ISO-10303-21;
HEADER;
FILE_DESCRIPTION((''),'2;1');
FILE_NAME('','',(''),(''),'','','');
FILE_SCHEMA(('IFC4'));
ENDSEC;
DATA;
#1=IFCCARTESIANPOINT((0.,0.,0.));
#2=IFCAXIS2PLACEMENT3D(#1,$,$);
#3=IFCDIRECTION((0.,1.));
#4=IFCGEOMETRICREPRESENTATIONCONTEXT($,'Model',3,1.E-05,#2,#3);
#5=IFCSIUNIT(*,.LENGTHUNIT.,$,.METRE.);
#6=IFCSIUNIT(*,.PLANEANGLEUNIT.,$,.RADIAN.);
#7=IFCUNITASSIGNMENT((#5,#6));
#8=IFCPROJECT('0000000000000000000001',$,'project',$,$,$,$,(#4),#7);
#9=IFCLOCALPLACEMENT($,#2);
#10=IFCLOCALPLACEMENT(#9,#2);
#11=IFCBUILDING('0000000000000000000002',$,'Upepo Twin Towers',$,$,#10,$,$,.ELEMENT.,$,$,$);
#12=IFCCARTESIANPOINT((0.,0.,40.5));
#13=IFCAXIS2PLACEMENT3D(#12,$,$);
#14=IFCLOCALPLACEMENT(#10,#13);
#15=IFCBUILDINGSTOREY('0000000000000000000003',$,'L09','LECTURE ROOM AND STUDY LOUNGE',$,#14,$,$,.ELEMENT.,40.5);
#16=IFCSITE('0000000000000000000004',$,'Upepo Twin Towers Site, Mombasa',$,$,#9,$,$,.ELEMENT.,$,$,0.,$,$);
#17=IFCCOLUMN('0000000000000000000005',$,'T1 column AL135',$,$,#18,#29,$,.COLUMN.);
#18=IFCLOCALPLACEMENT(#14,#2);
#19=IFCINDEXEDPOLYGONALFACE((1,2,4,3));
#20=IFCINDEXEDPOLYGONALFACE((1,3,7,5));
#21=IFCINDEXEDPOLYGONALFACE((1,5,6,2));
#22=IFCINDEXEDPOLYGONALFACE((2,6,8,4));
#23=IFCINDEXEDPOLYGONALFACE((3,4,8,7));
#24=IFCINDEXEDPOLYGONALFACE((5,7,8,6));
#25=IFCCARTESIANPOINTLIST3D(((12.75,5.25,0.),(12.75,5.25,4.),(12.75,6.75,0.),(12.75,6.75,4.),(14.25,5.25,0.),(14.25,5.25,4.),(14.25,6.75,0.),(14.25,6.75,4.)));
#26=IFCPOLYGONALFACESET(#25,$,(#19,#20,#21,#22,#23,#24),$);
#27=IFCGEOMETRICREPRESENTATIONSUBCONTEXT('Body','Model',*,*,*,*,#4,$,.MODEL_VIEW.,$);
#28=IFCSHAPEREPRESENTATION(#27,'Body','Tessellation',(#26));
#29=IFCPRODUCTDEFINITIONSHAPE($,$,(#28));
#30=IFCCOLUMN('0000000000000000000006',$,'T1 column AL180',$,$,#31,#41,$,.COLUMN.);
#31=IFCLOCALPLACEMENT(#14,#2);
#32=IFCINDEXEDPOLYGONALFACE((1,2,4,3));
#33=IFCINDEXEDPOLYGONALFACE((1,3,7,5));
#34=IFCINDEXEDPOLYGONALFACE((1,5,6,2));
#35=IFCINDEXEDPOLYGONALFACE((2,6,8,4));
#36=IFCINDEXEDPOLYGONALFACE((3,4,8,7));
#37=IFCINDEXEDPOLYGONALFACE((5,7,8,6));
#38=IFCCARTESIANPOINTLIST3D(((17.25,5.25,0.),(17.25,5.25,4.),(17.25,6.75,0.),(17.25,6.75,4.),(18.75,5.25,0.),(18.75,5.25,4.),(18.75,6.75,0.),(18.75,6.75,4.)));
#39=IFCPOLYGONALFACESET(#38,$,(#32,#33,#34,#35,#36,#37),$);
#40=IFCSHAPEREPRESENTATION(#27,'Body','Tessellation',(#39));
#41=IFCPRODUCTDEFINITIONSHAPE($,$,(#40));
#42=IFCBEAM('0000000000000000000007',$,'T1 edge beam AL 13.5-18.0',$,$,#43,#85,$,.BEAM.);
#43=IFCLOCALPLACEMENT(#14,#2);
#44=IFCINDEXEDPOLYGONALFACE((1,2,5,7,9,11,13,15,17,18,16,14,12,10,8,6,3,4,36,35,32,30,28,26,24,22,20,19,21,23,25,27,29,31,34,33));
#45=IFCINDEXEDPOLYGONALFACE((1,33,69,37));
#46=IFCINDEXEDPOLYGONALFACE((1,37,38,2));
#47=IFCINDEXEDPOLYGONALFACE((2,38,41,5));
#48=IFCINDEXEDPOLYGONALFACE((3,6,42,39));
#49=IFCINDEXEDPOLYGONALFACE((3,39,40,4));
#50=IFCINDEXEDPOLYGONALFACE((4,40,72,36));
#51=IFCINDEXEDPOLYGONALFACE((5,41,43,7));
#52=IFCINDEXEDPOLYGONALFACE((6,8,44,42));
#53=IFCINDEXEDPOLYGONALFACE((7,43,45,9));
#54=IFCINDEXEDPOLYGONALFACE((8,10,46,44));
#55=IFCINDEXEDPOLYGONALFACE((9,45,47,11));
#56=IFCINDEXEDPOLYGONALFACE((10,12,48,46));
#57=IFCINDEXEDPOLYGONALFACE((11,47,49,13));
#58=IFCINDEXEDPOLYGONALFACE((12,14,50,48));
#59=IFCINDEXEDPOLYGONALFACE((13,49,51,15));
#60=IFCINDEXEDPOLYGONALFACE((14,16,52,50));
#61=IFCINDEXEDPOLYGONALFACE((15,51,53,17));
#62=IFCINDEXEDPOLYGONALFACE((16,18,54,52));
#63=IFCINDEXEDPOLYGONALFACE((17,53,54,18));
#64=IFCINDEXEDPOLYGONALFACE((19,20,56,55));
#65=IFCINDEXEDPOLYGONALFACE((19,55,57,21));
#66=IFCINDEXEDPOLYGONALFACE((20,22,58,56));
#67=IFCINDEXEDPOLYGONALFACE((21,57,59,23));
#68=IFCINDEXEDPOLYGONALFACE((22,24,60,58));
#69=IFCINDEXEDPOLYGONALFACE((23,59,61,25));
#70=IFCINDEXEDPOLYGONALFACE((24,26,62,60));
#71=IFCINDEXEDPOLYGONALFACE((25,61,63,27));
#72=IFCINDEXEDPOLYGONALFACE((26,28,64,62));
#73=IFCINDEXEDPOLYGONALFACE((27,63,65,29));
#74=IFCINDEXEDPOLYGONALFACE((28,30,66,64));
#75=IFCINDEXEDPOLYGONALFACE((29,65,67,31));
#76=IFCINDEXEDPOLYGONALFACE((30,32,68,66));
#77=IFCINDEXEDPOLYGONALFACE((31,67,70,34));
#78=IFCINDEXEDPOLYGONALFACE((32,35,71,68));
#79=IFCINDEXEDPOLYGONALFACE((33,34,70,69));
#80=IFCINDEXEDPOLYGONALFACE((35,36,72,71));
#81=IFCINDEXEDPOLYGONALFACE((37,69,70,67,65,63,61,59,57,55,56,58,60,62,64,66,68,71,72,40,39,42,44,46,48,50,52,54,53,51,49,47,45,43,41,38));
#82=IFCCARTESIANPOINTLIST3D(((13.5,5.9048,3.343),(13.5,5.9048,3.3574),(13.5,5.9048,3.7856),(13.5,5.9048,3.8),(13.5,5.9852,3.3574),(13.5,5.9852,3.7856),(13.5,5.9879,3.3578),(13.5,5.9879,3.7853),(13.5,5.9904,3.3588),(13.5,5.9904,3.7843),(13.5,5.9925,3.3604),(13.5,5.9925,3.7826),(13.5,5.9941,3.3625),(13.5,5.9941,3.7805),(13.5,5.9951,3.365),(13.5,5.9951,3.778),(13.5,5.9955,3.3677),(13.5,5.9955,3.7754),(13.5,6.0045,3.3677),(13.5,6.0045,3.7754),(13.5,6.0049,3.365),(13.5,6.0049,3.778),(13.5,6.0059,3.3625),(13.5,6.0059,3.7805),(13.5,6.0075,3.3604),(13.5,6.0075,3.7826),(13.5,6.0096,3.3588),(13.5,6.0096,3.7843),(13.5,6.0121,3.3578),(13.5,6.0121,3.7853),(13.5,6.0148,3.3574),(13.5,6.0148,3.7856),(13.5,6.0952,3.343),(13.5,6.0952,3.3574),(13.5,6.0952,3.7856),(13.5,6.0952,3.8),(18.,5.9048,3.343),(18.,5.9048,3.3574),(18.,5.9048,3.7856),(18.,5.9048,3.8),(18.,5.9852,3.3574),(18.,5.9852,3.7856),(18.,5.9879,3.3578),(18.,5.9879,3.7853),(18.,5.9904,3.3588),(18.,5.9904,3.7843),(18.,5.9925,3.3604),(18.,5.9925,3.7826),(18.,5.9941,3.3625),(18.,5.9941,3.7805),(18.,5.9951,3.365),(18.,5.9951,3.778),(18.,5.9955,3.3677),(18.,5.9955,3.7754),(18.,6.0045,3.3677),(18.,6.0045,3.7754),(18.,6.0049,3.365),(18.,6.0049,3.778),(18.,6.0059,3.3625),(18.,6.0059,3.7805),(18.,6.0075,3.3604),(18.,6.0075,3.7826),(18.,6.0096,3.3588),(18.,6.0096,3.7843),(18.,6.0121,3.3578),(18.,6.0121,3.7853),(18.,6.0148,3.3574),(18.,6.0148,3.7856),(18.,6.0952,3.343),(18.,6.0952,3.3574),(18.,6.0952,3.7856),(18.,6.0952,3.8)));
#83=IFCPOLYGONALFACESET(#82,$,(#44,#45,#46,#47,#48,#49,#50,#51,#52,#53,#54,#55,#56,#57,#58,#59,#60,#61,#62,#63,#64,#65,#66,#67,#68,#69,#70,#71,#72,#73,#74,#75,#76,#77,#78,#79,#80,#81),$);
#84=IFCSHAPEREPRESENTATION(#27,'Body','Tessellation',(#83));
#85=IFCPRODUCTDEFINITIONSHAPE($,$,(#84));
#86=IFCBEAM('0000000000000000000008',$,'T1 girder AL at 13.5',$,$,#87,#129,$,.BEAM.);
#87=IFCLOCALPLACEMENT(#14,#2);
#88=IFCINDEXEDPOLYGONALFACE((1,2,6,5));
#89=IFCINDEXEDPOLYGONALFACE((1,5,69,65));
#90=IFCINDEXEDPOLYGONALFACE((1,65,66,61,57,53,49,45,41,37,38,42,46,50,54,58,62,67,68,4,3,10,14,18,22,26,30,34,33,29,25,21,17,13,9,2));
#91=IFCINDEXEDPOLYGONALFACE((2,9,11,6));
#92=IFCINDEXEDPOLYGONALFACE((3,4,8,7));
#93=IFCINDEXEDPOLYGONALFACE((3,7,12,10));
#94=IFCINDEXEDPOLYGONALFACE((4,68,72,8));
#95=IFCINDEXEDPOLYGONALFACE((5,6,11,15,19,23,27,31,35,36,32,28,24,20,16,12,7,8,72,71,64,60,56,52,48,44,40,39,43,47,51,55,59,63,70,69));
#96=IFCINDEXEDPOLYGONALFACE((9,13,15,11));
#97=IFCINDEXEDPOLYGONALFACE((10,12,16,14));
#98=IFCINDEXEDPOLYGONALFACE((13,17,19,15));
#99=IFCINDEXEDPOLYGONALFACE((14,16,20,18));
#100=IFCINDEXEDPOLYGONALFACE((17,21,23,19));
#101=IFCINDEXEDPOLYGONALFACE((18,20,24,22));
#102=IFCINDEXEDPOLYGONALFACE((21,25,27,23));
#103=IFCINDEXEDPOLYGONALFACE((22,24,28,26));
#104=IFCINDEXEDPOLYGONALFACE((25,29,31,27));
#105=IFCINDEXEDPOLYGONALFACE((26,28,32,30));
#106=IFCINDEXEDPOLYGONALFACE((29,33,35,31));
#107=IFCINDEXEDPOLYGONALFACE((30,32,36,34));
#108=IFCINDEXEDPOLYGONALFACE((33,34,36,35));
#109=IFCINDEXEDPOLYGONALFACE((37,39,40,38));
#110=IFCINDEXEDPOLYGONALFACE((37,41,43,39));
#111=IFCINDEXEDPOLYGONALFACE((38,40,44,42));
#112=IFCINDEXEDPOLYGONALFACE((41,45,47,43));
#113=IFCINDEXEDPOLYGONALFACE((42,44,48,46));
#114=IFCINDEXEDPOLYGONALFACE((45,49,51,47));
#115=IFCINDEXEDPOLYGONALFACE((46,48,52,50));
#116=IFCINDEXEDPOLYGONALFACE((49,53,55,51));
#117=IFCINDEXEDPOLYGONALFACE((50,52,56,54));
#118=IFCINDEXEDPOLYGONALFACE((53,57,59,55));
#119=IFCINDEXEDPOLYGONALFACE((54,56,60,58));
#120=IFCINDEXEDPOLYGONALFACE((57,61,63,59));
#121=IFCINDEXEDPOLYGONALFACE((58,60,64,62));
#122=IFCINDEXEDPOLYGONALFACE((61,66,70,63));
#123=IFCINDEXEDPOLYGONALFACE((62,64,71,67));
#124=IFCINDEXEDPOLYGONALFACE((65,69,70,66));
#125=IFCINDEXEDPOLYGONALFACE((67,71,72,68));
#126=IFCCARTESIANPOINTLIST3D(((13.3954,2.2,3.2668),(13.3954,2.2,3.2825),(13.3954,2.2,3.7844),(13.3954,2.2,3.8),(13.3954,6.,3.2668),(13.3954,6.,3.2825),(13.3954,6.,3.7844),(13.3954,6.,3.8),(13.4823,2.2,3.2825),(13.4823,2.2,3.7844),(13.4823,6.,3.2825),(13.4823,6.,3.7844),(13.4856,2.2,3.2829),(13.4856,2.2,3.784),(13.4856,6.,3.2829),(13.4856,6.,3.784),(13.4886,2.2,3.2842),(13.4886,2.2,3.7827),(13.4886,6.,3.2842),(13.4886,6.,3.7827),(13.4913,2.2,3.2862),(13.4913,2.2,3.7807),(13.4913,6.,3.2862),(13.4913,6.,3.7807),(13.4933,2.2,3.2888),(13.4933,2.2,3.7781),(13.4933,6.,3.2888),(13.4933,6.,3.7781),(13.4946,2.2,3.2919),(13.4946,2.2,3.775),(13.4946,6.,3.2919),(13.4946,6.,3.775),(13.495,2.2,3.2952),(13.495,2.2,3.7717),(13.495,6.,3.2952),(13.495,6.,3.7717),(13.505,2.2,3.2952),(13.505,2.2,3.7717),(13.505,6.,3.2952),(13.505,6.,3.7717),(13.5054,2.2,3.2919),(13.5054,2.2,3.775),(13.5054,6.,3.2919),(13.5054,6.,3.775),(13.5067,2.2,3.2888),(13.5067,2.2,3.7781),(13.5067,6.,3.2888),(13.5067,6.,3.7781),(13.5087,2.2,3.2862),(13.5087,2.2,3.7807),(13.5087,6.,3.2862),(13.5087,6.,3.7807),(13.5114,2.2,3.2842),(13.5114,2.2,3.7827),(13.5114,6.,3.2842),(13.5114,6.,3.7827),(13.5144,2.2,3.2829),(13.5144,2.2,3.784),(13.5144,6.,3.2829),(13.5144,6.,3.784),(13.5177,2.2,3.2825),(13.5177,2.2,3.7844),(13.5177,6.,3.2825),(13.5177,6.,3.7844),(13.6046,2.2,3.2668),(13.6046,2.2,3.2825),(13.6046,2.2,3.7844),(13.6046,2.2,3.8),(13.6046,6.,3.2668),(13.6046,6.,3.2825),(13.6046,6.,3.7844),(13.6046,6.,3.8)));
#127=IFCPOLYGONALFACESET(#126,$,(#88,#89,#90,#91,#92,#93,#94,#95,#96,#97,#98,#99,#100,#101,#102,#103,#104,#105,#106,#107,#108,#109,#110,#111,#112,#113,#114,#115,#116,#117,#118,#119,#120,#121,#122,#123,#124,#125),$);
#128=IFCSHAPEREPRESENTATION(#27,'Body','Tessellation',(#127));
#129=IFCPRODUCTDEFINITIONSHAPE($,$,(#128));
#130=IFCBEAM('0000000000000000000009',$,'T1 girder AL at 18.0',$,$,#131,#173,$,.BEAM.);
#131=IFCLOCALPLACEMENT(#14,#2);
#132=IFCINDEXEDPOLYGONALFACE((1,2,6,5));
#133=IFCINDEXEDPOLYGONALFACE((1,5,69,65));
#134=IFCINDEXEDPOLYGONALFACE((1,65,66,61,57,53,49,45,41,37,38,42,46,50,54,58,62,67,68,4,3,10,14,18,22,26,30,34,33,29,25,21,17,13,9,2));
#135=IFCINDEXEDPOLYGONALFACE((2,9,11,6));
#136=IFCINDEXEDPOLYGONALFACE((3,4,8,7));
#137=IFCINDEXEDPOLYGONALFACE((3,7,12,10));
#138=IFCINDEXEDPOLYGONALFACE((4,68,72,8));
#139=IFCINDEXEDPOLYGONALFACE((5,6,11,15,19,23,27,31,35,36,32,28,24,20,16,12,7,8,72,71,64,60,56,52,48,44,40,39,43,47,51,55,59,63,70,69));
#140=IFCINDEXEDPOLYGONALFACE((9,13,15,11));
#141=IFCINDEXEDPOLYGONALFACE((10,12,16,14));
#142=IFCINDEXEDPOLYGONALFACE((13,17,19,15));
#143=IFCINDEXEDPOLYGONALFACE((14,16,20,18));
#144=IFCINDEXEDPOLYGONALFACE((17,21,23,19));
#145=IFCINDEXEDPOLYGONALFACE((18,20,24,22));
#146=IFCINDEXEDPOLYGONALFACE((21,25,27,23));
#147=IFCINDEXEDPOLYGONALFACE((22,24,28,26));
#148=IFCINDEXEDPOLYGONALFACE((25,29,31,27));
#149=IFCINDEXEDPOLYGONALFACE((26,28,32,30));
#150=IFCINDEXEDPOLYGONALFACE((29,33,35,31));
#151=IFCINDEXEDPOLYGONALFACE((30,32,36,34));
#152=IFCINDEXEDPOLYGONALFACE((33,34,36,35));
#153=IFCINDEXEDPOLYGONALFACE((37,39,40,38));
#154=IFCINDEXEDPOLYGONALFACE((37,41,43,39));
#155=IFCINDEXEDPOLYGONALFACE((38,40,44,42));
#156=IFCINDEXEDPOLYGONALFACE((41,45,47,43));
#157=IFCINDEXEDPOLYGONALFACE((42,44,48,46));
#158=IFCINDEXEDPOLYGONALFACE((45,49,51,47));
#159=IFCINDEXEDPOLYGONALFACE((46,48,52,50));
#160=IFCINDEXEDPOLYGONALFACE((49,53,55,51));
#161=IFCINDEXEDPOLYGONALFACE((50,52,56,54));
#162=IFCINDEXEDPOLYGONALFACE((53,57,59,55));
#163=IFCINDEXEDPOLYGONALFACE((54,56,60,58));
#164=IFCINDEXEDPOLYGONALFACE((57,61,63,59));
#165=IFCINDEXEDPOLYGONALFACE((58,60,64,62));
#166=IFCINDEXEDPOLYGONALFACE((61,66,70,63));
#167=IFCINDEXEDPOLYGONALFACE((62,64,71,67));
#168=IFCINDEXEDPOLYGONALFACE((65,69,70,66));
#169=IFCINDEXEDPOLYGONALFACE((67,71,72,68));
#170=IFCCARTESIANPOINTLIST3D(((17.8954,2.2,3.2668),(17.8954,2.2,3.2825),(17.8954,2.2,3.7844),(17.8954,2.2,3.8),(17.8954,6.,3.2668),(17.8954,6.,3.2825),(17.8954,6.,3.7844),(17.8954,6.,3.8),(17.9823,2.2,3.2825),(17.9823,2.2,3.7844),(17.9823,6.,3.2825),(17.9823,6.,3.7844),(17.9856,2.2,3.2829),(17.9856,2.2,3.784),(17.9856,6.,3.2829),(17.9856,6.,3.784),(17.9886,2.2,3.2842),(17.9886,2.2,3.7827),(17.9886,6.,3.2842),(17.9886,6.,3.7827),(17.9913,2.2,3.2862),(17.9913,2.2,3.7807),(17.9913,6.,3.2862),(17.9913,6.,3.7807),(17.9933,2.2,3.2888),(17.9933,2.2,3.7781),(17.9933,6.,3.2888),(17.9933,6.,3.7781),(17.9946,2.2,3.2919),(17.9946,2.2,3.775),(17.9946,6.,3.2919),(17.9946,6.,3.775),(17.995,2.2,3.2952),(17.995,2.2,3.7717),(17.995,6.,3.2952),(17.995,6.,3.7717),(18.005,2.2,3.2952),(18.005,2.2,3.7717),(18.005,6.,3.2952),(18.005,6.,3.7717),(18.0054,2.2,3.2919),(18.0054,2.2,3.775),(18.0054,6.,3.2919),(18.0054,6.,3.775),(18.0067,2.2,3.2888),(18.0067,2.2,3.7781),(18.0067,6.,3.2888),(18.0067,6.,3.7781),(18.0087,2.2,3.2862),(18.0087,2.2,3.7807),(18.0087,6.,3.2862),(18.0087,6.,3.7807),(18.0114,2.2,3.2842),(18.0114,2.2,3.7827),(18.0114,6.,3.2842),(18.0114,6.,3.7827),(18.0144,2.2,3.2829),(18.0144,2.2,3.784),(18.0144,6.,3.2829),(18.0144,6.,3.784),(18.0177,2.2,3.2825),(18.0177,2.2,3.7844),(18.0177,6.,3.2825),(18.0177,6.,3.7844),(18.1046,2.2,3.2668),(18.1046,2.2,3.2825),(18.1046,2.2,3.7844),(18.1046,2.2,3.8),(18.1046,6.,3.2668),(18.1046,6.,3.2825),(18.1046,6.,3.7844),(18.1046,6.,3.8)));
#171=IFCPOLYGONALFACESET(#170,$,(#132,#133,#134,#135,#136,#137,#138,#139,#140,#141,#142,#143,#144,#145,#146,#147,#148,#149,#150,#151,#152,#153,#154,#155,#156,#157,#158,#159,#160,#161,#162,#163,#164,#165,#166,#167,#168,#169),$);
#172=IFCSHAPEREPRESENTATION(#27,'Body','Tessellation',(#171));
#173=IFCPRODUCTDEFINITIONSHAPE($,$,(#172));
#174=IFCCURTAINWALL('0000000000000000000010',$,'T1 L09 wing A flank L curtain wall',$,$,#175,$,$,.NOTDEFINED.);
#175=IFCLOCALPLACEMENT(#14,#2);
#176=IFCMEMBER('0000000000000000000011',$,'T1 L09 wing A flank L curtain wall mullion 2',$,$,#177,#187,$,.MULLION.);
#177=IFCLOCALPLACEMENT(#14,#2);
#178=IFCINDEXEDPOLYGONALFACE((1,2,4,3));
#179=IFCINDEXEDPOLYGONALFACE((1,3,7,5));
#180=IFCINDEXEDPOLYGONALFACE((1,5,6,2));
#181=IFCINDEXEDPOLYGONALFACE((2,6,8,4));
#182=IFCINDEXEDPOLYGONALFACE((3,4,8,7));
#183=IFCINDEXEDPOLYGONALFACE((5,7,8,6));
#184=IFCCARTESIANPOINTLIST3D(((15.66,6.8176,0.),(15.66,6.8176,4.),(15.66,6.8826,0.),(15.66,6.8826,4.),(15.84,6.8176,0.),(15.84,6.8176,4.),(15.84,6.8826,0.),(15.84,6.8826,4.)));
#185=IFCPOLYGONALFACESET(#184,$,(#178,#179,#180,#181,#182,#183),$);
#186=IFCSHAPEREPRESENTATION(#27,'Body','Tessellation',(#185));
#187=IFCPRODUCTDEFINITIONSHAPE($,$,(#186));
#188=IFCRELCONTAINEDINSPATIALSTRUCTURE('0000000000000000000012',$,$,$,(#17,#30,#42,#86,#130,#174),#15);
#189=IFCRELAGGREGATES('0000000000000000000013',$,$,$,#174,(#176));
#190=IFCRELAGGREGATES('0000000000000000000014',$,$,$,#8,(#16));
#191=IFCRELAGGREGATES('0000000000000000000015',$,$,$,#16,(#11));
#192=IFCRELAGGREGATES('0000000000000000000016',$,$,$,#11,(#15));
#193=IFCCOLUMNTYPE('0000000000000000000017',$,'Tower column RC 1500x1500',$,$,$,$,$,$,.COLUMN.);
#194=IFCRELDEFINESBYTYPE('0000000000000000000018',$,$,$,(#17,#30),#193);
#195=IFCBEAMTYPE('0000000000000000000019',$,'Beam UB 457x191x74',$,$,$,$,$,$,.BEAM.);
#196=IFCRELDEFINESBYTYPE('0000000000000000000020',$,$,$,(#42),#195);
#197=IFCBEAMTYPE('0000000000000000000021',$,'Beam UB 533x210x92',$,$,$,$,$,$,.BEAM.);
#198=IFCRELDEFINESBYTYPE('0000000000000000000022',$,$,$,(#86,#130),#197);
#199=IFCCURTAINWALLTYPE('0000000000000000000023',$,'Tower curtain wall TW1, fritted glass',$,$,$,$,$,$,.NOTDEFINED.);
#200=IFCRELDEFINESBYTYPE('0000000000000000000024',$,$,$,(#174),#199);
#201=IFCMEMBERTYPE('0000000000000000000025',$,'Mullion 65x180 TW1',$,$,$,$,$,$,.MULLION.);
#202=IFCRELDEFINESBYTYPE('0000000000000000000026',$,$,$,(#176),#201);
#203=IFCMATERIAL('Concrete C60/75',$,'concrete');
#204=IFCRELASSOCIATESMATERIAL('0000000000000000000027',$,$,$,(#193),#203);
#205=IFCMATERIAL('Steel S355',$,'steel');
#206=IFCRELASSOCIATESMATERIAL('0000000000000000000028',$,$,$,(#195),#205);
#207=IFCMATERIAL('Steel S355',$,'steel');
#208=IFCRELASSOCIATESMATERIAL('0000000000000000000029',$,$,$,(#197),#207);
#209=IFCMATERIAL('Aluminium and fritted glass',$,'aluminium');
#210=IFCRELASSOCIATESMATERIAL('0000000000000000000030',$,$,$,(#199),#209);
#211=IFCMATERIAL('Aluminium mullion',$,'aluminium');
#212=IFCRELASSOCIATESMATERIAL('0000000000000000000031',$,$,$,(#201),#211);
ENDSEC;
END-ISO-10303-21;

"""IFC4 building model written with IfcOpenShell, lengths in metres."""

from ifc_helpers import new_model, si_unit, direction, frame, origin, origin_2d, place, context, subcontext, project, spatial, rectangle, i_section, extrude, material, material_profile, profile_set, type_object, element, aggregate, save


model = new_model("IFC4")

# Units and contexts
model_context = context("Model", 3, precision=1e-05, world=origin(), true_north=direction((0.0, 1.0)))
body_context = subcontext(model_context, "Body", "Model", "MODEL_VIEW")
ifc_project = project(units=[si_unit("LENGTHUNIT", "METRE"), si_unit("PLANEANGLEUNIT", "RADIAN")], contexts=[model_context])

# Site, building, storey
site_placement = place(None, origin())
site = spatial("IfcSite", under=ifc_project, at=site_placement, Name="Upepo Twin Towers Site, Mombasa", CompositionType="ELEMENT", RefElevation=0.0)
building_placement = place(site_placement, origin())
building = spatial("IfcBuilding", under=site, at=building_placement, Name="Upepo Twin Towers", CompositionType="ELEMENT")
storey_placement = place(building_placement, frame((0.0, 0.0, 40.5)))
storey = spatial("IfcBuildingStorey", under=building, at=storey_placement, Name="L09", Description="LECTURE ROOM AND STUDY LOUNGE", CompositionType="ELEMENT", Elevation=40.5)

# Columns
ifc_material_1 = material(Name="Concrete C60/75", Category="concrete")
ifc_material_profile_1 = material_profile(ifc_material_1, rectangle(XDim=1.5, YDim=1.5, at=origin_2d()), Name="RC 1500x1500")
ifc_profile_set_1 = profile_set([ifc_material_profile_1], Name="Concrete C60/75")
column_type = type_object("IfcColumnType", Name="Tower column RC 1500x1500", PredefinedType="COLUMN", material=ifc_profile_set_1)
for number, where, z_axis, x_axis, name in (
    (1, (13.5, 6.0, 0.0), (0.0, 0.0, 1.0), (1.0, 0.0, 0.0), "T1 column AL135"),
    (2, (18.0, 6.0, 0.0), (0.0, 0.0, 1.0), (1.0, 0.0, 0.0), "T1 column AL180"),
):
    element("IfcColumn", number, at=place(storey_placement, frame(where, z_axis=z_axis, x_axis=x_axis)), inside=storey, type_object=column_type, Name=name, PredefinedType="COLUMN", context=body_context, shape_type="SweptSolid", body=[
        extrude(rectangle(XDim=1.5, YDim=1.5, at=origin_2d()), origin(), (0.0, 0.0, 1.0), 4.0),
    ])

# Beams
ifc_material_2 = material(Name="Steel S355", Category="steel")
ifc_material_profile_2 = material_profile(ifc_material_2, i_section(OverallWidth=0.1904, OverallDepth=0.457, WebThickness=0.009, FlangeThickness=0.0144, FilletRadius=0.0103, at=origin_2d()), Name="UB 457x191x74")
ifc_profile_set_2 = profile_set([ifc_material_profile_2], Name="Steel S355")
beam_type_1 = type_object("IfcBeamType", Name="Beam UB 457x191x74", PredefinedType="BEAM", material=ifc_profile_set_2)
beam_placement = place(storey_placement, frame((13.5, 6.0, 3.5715), z_axis=(1.0, 0.0, 0.0), x_axis=(0.0, 1.0, 0.0)))
element("IfcBeam", 3, at=beam_placement, inside=storey, type_object=beam_type_1, Name="T1 edge beam AL 13.5-18.0", PredefinedType="BEAM", context=body_context, shape_type="SweptSolid", body=[
    extrude(i_section(OverallWidth=0.1904, OverallDepth=0.457, WebThickness=0.009, FlangeThickness=0.0144, FilletRadius=0.0103, at=origin_2d()), origin(), (0.0, 0.0, 1.0), 4.5),
])
ifc_material_3 = material(Name="Steel S355", Category="steel")
ifc_material_profile_3 = material_profile(ifc_material_3, i_section(OverallWidth=0.2092, OverallDepth=0.5332, WebThickness=0.01, FlangeThickness=0.0156, FilletRadius=0.0127, at=origin_2d()), Name="UB 533x210x92")
ifc_profile_set_3 = profile_set([ifc_material_profile_3], Name="Steel S355")
beam_type_2 = type_object("IfcBeamType", Name="Beam UB 533x210x92", PredefinedType="BEAM", material=ifc_profile_set_3)
for number, where, z_axis, x_axis, name in (
    (4, (13.5, 6.0, 3.5334), (0.0, -1.0, 0.0), (1.0, 0.0, 0.0), "T1 girder AL at 13.5"),
    (5, (18.0, 6.0, 3.5334), (0.0, -1.0, 0.0), (1.0, 0.0, 0.0), "T1 girder AL at 18.0"),
):
    element("IfcBeam", number, at=place(storey_placement, frame(where, z_axis=z_axis, x_axis=x_axis)), inside=storey, type_object=beam_type_2, Name=name, PredefinedType="BEAM", context=body_context, shape_type="SweptSolid", body=[
        extrude(i_section(OverallWidth=0.2092, OverallDepth=0.5332, WebThickness=0.01, FlangeThickness=0.0156, FilletRadius=0.0127, at=origin_2d()), origin(), (0.0, 0.0, 1.0), 3.8),
    ])

# Curtain wall, member
ifc_material_4 = material(Name="Aluminium and fritted glass", Category="aluminium")
curtain_wall_type = type_object("IfcCurtainWallType", Name="Tower curtain wall TW1, fritted glass", PredefinedType="NOTDEFINED", material=ifc_material_4)
curtain_wall_placement = place(storey_placement, origin())
curtain_wall = element("IfcCurtainWall", 6, at=curtain_wall_placement, inside=storey, type_object=curtain_wall_type, Name="T1 L09 wing A flank L curtain wall", PredefinedType="NOTDEFINED")
ifc_material_5 = material(Name="Aluminium mullion", Category="aluminium")
ifc_material_profile_4 = material_profile(ifc_material_5, rectangle(XDim=0.0649, YDim=0.1799, at=origin_2d()), Name="MULLION 65x180")
ifc_profile_set_4 = profile_set([ifc_material_profile_4], Name="Aluminium mullion")
member_type_1 = type_object("IfcMemberType", Name="Mullion 65x180 TW1", PredefinedType="MULLION", material=ifc_profile_set_4)
member_1_placement = place(storey_placement, frame((15.75, 6.8501, 0.0), z_axis=(0.0, 0.0, 1.0), x_axis=(0.0, 1.0, 0.0)))
member_1 = element("IfcMember", 7, at=member_1_placement, type_object=member_type_1, Name="T1 L09 wing A flank L curtain wall mullion 2", PredefinedType="MULLION", context=body_context, shape_type="SweptSolid", body=[
    extrude(rectangle(XDim=0.0649, YDim=0.1799, at=origin_2d()), origin(), (0.0, 0.0, 1.0), 4.0),
])
aggregate(curtain_wall, [member_1])

save(model, "model.ifc")
